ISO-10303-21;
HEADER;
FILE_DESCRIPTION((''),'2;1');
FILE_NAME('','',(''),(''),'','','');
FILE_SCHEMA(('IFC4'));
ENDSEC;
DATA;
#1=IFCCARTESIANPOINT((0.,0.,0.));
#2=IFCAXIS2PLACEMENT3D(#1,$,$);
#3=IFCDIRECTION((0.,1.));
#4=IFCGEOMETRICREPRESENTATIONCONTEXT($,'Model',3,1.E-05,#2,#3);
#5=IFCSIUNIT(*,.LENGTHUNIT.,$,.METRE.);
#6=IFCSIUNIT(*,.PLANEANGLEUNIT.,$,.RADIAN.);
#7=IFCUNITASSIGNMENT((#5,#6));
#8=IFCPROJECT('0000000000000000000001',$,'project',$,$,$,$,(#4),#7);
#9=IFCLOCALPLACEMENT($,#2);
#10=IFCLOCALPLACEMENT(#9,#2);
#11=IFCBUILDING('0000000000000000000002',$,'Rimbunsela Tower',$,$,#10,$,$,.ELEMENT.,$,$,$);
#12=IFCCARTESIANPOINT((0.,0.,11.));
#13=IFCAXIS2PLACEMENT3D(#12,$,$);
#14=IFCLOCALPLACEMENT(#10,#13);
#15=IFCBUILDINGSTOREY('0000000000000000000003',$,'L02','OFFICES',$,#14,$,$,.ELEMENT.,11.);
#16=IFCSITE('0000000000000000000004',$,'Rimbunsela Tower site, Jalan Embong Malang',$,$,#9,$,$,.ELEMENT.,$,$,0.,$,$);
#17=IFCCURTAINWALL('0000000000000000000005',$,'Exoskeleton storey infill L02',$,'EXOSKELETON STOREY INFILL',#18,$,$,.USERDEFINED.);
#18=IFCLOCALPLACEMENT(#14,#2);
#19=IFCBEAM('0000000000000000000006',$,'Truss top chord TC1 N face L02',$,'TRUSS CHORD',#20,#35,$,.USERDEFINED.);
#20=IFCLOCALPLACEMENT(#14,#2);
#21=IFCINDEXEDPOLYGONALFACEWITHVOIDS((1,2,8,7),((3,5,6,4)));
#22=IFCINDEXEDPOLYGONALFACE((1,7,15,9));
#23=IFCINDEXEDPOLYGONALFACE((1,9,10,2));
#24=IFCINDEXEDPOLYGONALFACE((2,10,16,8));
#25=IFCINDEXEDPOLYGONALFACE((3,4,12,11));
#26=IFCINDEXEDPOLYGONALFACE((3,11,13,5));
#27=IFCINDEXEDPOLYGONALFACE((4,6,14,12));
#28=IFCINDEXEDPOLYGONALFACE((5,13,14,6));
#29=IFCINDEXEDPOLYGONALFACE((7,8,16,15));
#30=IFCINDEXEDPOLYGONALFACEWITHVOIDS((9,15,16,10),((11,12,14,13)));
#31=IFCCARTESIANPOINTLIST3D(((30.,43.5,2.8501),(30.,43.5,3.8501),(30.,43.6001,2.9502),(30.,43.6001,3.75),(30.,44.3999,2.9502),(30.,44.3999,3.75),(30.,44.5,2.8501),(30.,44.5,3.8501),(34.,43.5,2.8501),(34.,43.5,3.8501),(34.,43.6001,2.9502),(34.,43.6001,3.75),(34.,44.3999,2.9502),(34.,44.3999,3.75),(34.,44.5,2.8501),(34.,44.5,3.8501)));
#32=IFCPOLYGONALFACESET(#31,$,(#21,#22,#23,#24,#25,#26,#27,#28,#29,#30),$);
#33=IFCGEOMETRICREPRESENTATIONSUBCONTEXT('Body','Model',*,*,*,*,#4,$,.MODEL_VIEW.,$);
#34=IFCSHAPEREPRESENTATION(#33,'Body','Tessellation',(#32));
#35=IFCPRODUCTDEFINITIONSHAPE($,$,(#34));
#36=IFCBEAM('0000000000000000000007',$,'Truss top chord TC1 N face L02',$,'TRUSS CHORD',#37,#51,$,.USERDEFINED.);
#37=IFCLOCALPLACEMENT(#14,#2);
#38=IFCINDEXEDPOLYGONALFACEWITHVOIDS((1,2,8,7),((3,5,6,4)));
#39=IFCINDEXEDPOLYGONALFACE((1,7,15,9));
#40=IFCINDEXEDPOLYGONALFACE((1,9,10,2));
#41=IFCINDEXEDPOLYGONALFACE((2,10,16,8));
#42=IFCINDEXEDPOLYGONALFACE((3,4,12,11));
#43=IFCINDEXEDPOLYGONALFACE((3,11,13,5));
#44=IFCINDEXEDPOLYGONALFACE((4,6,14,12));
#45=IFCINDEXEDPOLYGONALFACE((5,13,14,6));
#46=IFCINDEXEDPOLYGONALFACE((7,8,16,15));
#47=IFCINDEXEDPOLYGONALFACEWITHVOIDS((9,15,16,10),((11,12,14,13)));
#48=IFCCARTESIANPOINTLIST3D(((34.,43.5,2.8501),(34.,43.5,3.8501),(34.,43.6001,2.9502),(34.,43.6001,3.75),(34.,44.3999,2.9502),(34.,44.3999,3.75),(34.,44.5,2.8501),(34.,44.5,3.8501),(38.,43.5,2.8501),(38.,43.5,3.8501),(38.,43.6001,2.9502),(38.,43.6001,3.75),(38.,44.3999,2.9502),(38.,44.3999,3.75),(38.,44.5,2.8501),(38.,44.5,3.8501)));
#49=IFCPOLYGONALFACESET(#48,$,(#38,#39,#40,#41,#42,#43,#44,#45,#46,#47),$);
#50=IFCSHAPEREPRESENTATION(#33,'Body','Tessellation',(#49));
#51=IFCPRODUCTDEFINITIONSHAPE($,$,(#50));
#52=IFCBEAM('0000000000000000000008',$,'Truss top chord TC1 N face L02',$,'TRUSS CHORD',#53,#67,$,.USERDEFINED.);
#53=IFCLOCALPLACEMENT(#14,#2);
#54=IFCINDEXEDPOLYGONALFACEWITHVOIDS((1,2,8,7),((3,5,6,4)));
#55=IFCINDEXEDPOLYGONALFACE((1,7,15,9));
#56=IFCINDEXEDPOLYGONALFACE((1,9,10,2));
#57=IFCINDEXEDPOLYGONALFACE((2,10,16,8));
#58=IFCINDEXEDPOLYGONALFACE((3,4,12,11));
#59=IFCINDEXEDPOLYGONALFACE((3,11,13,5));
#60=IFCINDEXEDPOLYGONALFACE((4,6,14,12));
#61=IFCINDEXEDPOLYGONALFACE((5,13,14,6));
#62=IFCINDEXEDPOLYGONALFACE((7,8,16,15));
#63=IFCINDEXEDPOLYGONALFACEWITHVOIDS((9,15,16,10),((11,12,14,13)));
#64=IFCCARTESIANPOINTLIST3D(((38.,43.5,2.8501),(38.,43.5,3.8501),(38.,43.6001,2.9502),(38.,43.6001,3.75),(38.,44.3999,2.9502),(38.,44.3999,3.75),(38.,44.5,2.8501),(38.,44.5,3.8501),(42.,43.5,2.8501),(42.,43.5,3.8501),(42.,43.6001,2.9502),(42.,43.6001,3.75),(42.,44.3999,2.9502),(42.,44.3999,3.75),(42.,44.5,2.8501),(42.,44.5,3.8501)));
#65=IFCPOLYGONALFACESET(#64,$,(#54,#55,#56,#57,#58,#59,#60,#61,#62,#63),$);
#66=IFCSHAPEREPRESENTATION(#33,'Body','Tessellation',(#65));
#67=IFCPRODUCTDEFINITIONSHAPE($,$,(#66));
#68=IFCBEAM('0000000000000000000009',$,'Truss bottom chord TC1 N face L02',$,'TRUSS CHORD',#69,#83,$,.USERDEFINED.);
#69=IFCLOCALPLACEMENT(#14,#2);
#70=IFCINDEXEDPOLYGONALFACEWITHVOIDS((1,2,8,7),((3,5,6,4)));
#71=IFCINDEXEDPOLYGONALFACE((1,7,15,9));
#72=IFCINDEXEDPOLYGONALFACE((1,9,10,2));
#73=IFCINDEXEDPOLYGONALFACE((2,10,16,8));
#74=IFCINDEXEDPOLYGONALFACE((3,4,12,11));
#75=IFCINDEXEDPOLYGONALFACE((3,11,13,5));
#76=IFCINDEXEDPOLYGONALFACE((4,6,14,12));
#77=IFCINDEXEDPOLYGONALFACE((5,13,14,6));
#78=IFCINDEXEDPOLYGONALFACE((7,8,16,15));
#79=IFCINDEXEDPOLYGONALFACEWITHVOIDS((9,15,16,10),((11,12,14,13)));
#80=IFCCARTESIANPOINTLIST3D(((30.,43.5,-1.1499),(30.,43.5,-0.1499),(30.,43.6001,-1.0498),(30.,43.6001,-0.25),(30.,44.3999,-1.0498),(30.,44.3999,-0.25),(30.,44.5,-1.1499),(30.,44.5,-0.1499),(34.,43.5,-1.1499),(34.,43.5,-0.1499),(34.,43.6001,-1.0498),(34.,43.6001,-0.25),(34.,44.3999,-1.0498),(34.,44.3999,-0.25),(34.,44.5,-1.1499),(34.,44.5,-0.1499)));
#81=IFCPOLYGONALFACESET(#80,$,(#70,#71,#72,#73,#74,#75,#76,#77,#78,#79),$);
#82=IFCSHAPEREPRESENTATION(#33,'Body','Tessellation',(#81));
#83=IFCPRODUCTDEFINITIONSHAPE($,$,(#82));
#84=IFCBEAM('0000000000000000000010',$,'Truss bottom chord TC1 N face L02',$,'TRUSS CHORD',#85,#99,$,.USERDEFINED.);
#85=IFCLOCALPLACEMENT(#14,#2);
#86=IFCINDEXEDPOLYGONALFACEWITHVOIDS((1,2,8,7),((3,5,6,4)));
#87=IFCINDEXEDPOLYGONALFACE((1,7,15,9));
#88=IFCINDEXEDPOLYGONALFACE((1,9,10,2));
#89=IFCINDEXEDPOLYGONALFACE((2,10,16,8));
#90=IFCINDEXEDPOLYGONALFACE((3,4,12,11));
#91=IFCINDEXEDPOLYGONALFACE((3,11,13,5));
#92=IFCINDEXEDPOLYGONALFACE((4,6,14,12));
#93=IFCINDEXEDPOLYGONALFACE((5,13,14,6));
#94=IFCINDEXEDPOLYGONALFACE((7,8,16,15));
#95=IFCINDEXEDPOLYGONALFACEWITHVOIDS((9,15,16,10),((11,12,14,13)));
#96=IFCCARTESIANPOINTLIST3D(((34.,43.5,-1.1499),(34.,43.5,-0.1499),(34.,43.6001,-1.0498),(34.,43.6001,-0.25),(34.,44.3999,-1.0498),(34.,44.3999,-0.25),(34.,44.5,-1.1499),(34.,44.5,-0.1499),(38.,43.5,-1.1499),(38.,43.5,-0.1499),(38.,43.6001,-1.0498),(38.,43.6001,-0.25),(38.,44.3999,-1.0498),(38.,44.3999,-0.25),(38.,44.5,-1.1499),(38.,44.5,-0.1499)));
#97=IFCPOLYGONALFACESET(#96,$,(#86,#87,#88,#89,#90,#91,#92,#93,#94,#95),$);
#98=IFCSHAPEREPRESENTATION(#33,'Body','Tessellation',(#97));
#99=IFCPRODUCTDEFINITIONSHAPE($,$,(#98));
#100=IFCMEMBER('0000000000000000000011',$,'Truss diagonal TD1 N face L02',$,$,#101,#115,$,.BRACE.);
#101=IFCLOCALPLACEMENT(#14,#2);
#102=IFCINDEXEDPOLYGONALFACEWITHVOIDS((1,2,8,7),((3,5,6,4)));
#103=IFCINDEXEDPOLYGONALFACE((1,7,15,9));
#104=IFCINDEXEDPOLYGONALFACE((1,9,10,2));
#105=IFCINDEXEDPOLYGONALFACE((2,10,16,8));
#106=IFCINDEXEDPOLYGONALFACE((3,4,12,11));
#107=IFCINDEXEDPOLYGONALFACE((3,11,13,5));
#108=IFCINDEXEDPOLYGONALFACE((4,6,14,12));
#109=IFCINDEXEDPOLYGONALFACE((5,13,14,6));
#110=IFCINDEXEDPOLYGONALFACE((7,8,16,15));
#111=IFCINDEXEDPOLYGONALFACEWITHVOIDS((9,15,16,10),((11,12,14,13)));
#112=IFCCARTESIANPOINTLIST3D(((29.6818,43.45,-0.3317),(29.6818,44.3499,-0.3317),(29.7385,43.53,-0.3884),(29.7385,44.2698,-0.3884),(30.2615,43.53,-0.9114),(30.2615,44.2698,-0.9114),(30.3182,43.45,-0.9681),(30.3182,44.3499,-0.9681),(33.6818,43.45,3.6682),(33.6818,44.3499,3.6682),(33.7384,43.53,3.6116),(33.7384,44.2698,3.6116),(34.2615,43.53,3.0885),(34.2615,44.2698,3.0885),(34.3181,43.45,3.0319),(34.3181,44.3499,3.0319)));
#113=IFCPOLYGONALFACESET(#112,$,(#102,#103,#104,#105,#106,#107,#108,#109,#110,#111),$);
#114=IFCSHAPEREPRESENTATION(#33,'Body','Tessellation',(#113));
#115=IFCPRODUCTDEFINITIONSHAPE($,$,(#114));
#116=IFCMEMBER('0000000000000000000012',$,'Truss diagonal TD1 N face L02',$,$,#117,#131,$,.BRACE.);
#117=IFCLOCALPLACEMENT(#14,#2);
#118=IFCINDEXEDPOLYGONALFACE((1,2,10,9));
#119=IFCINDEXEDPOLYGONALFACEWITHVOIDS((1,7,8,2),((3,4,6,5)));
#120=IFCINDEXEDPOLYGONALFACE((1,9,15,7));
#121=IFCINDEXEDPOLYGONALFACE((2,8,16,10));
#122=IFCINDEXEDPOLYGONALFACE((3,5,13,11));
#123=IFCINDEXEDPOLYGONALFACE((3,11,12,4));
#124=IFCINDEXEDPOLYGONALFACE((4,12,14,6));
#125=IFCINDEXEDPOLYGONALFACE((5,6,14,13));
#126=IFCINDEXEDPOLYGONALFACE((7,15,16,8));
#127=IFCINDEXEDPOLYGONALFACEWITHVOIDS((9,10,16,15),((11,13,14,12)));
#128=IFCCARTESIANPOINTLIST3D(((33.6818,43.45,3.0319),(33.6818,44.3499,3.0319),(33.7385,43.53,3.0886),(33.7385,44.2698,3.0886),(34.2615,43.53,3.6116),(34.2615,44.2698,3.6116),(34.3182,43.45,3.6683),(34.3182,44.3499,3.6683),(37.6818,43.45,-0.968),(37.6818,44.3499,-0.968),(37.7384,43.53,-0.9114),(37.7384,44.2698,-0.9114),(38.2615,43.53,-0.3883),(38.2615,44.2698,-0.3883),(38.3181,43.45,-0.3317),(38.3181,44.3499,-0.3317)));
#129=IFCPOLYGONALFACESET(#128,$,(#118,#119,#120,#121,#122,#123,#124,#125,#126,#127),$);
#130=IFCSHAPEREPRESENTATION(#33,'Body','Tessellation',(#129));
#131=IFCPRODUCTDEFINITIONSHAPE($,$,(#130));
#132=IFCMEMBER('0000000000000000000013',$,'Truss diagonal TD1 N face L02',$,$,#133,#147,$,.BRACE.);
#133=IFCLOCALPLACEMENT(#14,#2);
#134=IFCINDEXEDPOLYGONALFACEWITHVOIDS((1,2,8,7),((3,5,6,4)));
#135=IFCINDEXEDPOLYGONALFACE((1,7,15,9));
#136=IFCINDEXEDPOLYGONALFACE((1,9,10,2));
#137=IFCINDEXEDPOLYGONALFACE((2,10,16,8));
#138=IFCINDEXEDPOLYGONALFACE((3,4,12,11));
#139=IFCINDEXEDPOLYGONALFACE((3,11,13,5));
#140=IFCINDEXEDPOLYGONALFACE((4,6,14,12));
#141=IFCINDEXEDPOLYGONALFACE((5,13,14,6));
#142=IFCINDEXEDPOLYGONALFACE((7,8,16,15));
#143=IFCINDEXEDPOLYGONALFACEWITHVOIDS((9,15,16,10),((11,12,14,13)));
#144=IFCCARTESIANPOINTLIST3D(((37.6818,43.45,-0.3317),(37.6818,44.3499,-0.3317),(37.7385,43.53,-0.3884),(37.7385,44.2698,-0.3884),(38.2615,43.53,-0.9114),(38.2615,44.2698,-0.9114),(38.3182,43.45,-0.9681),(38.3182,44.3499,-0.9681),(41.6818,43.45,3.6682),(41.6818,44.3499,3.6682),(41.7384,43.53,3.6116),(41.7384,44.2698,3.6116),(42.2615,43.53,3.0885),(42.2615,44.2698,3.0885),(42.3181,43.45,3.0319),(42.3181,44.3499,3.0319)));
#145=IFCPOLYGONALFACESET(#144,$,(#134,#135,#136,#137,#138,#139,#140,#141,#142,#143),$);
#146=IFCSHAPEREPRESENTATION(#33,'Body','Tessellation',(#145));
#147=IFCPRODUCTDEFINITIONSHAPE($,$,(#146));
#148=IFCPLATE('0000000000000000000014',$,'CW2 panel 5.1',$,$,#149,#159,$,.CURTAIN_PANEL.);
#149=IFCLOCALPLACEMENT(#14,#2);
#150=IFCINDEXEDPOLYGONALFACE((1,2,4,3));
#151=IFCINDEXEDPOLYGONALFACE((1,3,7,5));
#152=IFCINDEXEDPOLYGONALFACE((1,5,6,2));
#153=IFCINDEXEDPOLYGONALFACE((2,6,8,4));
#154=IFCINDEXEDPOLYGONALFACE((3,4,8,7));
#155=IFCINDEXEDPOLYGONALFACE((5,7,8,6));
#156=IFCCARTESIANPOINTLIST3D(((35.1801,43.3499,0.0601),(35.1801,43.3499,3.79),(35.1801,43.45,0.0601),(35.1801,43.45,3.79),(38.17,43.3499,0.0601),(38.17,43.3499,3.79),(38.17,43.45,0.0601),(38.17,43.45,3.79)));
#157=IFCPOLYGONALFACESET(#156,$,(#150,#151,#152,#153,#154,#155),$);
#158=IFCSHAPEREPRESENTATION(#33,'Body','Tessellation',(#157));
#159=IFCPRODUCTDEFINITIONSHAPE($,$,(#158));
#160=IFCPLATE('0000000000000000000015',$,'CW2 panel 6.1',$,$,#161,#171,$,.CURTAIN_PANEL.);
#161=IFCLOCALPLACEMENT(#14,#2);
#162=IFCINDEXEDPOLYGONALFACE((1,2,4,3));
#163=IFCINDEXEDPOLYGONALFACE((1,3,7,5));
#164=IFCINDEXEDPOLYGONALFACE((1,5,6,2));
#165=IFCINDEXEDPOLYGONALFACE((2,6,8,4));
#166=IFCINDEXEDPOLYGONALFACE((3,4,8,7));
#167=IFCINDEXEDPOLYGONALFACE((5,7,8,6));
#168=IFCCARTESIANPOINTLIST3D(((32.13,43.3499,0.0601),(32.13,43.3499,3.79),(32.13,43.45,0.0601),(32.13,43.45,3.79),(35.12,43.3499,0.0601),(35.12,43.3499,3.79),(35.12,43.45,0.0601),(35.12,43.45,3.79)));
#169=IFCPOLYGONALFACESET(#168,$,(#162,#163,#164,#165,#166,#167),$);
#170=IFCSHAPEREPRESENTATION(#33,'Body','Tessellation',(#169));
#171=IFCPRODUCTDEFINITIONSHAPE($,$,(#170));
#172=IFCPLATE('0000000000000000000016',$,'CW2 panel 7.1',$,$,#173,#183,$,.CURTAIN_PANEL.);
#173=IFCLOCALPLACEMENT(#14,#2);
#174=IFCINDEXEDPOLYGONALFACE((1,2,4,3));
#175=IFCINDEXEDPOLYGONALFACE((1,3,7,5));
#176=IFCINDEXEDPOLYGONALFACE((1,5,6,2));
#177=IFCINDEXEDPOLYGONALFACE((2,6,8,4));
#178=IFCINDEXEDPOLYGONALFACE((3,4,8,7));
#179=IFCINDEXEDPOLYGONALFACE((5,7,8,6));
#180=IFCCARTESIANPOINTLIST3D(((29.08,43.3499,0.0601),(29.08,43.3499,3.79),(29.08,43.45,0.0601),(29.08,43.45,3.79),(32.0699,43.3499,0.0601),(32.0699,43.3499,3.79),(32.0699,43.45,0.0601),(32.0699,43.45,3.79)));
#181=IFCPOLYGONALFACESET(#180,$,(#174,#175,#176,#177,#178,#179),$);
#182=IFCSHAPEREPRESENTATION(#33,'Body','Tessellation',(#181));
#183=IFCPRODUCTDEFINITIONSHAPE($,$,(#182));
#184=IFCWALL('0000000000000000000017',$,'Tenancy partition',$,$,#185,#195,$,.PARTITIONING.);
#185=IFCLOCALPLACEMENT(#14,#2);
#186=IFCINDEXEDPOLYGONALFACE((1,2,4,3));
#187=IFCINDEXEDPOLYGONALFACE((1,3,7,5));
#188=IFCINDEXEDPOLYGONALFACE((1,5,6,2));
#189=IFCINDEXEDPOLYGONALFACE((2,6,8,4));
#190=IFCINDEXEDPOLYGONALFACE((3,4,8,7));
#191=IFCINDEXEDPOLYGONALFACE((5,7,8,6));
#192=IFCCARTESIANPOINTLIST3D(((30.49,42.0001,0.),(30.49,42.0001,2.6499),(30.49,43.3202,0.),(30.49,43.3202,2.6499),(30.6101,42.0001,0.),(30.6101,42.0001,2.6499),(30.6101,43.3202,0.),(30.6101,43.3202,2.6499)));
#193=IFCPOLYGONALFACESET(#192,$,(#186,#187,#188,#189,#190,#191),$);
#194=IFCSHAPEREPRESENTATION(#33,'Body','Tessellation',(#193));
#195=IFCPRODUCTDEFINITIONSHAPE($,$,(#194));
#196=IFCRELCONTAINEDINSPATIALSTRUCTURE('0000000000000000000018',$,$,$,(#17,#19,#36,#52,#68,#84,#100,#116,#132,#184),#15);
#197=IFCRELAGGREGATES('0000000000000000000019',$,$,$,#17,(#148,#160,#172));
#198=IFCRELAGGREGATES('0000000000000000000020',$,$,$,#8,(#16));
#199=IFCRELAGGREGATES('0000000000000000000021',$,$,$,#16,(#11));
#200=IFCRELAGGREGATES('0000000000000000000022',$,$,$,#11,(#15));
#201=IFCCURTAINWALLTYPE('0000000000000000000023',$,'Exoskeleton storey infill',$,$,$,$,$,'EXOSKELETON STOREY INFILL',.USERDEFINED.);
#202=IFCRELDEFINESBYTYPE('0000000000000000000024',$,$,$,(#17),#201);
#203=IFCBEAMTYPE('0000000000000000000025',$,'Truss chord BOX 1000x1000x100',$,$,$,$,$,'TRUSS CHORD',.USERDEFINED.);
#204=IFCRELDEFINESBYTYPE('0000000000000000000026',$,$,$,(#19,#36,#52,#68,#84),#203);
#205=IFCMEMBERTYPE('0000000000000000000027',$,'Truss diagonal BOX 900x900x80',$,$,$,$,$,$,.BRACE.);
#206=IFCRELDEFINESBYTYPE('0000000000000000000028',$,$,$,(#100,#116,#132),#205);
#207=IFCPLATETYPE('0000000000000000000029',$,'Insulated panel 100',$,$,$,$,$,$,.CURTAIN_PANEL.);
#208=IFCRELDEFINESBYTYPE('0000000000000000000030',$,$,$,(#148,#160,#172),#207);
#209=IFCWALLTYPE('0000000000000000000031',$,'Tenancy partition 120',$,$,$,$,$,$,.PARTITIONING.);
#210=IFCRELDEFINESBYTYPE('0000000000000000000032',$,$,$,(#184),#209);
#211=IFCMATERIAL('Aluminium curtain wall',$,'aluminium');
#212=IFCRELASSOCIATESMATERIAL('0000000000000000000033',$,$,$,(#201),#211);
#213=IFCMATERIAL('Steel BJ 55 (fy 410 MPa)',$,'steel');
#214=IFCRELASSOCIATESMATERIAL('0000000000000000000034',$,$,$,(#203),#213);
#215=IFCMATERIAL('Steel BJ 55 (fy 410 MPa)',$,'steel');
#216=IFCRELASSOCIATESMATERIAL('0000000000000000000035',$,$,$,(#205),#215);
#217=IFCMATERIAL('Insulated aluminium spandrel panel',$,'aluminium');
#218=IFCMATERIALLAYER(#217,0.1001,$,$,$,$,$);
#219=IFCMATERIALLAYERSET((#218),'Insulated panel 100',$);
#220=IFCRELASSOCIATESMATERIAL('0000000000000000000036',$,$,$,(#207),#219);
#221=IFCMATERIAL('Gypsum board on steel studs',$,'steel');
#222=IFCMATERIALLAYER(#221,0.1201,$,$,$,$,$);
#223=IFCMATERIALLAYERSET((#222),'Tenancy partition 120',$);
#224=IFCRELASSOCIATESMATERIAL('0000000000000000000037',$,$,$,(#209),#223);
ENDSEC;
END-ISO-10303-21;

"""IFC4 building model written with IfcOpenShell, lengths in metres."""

from ifc_helpers import new_model, si_unit, direction, frame, frame_2d, origin, origin_2d, place, context, subcontext, project, spatial, rectangle, hollow_rectangle, extrude, material, layer, layer_set, material_profile, profile_set, type_object, element, aggregate, save


model = new_model("IFC4")

# Units and contexts
model_context = context("Model", 3, precision=1e-05, world=origin(), true_north=direction((0.0, 1.0)))
body_context = subcontext(model_context, "Body", "Model", "MODEL_VIEW")
ifc_project = project(units=[si_unit("LENGTHUNIT", "METRE"), si_unit("PLANEANGLEUNIT", "RADIAN")], contexts=[model_context])

# Site, building, storey
site_placement = place(None, origin())
site = spatial("IfcSite", under=ifc_project, at=site_placement, Name="Rimbunsela Tower site, Jalan Embong Malang", CompositionType="ELEMENT", RefElevation=0.0)
building_placement = place(site_placement, origin())
building = spatial("IfcBuilding", under=site, at=building_placement, Name="Rimbunsela Tower", CompositionType="ELEMENT")
storey_placement = place(building_placement, frame((0.0, 0.0, 11.0)))
storey = spatial("IfcBuildingStorey", under=building, at=storey_placement, Name="L02", Description="OFFICES", CompositionType="ELEMENT", Elevation=11.0)

# Curtain wall
ifc_material_1 = material(Name="Aluminium curtain wall", Category="aluminium")
curtain_wall_type = type_object("IfcCurtainWallType", Name="Exoskeleton storey infill", ElementType="EXOSKELETON STOREY INFILL", PredefinedType="USERDEFINED", material=ifc_material_1)
curtain_wall_placement = place(storey_placement, origin())
curtain_wall = element("IfcCurtainWall", 1, at=curtain_wall_placement, inside=storey, type_object=curtain_wall_type, Name="Exoskeleton storey infill L02", ObjectType="EXOSKELETON STOREY INFILL", PredefinedType="USERDEFINED")

# Beams
ifc_material_2 = material(Name="Steel BJ 55 (fy 410 MPa)", Category="steel")
ifc_material_profile_1 = material_profile(ifc_material_2, hollow_rectangle(XDim=1.0, YDim=1.0, WallThickness=0.1001, at=origin_2d()), Name="BOX 1000x1000x100")
ifc_profile_set_1 = profile_set([ifc_material_profile_1], Name="Steel BJ 55 (fy 410 MPa)")
beam_type = type_object("IfcBeamType", Name="Truss chord BOX 1000x1000x100", ElementType="TRUSS CHORD", PredefinedType="USERDEFINED", material=ifc_profile_set_1)
for number, where, z_axis, x_axis, name in (
    (2, (30.0, 44.0, 3.3501), (1.0, 0.0, 0.0), (0.0, 1.0, 0.0), "Truss top chord TC1 N face L02"),
    (3, (34.0, 44.0, 3.3501), (1.0, 0.0, 0.0), (0.0, 1.0, 0.0), "Truss top chord TC1 N face L02"),
    (4, (38.0, 44.0, 3.3501), (1.0, 0.0, 0.0), (0.0, 1.0, 0.0), "Truss top chord TC1 N face L02"),
    (5, (30.0, 44.0, -0.6499), (1.0, 0.0, 0.0), (0.0, 1.0, 0.0), "Truss bottom chord TC1 N face L02"),
    (6, (34.0, 44.0, -0.6499), (1.0, 0.0, 0.0), (0.0, 1.0, 0.0), "Truss bottom chord TC1 N face L02"),
):
    element("IfcBeam", number, at=place(storey_placement, frame(where, z_axis=z_axis, x_axis=x_axis)), inside=storey, type_object=beam_type, Name=name, ObjectType="TRUSS CHORD", PredefinedType="USERDEFINED", context=body_context, shape_type="SweptSolid", body=[
        extrude(hollow_rectangle(XDim=1.0, YDim=1.0, WallThickness=0.1001, at=origin_2d()), origin(), (0.0, 0.0, 1.0), 4.0),
    ])

# Members
ifc_material_3 = material(Name="Steel BJ 55 (fy 410 MPa)", Category="steel")
ifc_material_profile_2 = material_profile(ifc_material_3, hollow_rectangle(XDim=0.8999, YDim=0.8999, WallThickness=0.0801, at=origin_2d()), Name="BOX 900x900x80")
ifc_profile_set_2 = profile_set([ifc_material_profile_2], Name="Steel BJ 55 (fy 410 MPa)")
member_type_1 = type_object("IfcMemberType", Name="Truss diagonal BOX 900x900x80", PredefinedType="BRACE", material=ifc_profile_set_2)
for number, where, z_axis, x_axis, name in (
    (7, (30.0, 43.8999, -0.6499), (0.707107, 0.0, 0.707107), (0.0, 1.0, 0.0), "Truss diagonal TD1 N face L02"),
    (8, (34.0, 43.8999, 3.3501), (0.707107, 0.0, -0.707107), (0.0, 1.0, 0.0), "Truss diagonal TD1 N face L02"),
    (9, (38.0, 43.8999, -0.6499), (0.707107, 0.0, 0.707107), (0.0, 1.0, 0.0), "Truss diagonal TD1 N face L02"),
):
    element("IfcMember", number, at=place(storey_placement, frame(where, z_axis=z_axis, x_axis=x_axis)), inside=storey, type_object=member_type_1, Name=name, PredefinedType="BRACE", context=body_context, shape_type="SweptSolid", body=[
        extrude(hollow_rectangle(XDim=0.8999, YDim=0.8999, WallThickness=0.0801, at=origin_2d()), origin(), (0.0, 0.0, 1.0), 5.6567),
    ])

# Plates
ifc_material_4 = material(Name="Insulated aluminium spandrel panel", Category="aluminium")
ifc_layer_1 = layer(ifc_material_4, 0.1001)
ifc_layer_set_1 = layer_set([ifc_layer_1], Name="Insulated panel 100")
plate_type = type_object("IfcPlateType", Name="Insulated panel 100", PredefinedType="CURTAIN_PANEL", material=ifc_layer_set_1)
plate_1_placement = place(storey_placement, frame((36.675, 43.3999, 0.0601), z_axis=(0.0, 0.0, 1.0), x_axis=(-1.0, 0.0, 0.0)))
plate_1 = element("IfcPlate", 10, at=plate_1_placement, type_object=plate_type, Name="CW2 panel 5.1", PredefinedType="CURTAIN_PANEL", context=body_context, shape_type="SweptSolid", body=[
    extrude(rectangle(XDim=2.99, YDim=0.1001, at=origin_2d()), origin(), (0.0, 0.0, 1.0), 3.73),
])
plate_2_placement = place(storey_placement, frame((33.625, 43.3999, 0.0601), z_axis=(0.0, 0.0, 1.0), x_axis=(-1.0, 0.0, 0.0)))
plate_2 = element("IfcPlate", 11, at=plate_2_placement, type_object=plate_type, Name="CW2 panel 6.1", PredefinedType="CURTAIN_PANEL", context=body_context, shape_type="SweptSolid", body=[
    extrude(rectangle(XDim=2.99, YDim=0.1001, at=origin_2d()), origin(), (0.0, 0.0, 1.0), 3.73),
])
plate_3_placement = place(storey_placement, frame((30.575, 43.3999, 0.0601), z_axis=(0.0, 0.0, 1.0), x_axis=(-1.0, 0.0, 0.0)))
plate_3 = element("IfcPlate", 12, at=plate_3_placement, type_object=plate_type, Name="CW2 panel 7.1", PredefinedType="CURTAIN_PANEL", context=body_context, shape_type="SweptSolid", body=[
    extrude(rectangle(XDim=2.99, YDim=0.1001, at=origin_2d()), origin(), (0.0, 0.0, 1.0), 3.73),
])
aggregate(curtain_wall, [plate_1, plate_2, plate_3])

# Wall
ifc_material_5 = material(Name="Gypsum board on steel studs", Category="steel")
ifc_layer_2 = layer(ifc_material_5, 0.1201)
ifc_layer_set_2 = layer_set([ifc_layer_2], Name="Tenancy partition 120")
wall_type = type_object("IfcWallType", Name="Tenancy partition 120", PredefinedType="PARTITIONING", material=ifc_layer_set_2)
wall_placement = place(storey_placement, frame((30.55, 42.0, 0.0), z_axis=(0.0, 0.0, 1.0), x_axis=(0.0, 1.0, 0.0)))
element("IfcWall", 13, at=wall_placement, inside=storey, type_object=wall_type, Name="Tenancy partition", PredefinedType="PARTITIONING", context=body_context, shape_type="SweptSolid", body=[
    extrude(rectangle(XDim=1.3201, YDim=0.1201, at=frame_2d((0.6602, 0.0))), origin(), (0.0, 0.0, 1.0), 2.6499),
])

save(model, "model.ifc")
